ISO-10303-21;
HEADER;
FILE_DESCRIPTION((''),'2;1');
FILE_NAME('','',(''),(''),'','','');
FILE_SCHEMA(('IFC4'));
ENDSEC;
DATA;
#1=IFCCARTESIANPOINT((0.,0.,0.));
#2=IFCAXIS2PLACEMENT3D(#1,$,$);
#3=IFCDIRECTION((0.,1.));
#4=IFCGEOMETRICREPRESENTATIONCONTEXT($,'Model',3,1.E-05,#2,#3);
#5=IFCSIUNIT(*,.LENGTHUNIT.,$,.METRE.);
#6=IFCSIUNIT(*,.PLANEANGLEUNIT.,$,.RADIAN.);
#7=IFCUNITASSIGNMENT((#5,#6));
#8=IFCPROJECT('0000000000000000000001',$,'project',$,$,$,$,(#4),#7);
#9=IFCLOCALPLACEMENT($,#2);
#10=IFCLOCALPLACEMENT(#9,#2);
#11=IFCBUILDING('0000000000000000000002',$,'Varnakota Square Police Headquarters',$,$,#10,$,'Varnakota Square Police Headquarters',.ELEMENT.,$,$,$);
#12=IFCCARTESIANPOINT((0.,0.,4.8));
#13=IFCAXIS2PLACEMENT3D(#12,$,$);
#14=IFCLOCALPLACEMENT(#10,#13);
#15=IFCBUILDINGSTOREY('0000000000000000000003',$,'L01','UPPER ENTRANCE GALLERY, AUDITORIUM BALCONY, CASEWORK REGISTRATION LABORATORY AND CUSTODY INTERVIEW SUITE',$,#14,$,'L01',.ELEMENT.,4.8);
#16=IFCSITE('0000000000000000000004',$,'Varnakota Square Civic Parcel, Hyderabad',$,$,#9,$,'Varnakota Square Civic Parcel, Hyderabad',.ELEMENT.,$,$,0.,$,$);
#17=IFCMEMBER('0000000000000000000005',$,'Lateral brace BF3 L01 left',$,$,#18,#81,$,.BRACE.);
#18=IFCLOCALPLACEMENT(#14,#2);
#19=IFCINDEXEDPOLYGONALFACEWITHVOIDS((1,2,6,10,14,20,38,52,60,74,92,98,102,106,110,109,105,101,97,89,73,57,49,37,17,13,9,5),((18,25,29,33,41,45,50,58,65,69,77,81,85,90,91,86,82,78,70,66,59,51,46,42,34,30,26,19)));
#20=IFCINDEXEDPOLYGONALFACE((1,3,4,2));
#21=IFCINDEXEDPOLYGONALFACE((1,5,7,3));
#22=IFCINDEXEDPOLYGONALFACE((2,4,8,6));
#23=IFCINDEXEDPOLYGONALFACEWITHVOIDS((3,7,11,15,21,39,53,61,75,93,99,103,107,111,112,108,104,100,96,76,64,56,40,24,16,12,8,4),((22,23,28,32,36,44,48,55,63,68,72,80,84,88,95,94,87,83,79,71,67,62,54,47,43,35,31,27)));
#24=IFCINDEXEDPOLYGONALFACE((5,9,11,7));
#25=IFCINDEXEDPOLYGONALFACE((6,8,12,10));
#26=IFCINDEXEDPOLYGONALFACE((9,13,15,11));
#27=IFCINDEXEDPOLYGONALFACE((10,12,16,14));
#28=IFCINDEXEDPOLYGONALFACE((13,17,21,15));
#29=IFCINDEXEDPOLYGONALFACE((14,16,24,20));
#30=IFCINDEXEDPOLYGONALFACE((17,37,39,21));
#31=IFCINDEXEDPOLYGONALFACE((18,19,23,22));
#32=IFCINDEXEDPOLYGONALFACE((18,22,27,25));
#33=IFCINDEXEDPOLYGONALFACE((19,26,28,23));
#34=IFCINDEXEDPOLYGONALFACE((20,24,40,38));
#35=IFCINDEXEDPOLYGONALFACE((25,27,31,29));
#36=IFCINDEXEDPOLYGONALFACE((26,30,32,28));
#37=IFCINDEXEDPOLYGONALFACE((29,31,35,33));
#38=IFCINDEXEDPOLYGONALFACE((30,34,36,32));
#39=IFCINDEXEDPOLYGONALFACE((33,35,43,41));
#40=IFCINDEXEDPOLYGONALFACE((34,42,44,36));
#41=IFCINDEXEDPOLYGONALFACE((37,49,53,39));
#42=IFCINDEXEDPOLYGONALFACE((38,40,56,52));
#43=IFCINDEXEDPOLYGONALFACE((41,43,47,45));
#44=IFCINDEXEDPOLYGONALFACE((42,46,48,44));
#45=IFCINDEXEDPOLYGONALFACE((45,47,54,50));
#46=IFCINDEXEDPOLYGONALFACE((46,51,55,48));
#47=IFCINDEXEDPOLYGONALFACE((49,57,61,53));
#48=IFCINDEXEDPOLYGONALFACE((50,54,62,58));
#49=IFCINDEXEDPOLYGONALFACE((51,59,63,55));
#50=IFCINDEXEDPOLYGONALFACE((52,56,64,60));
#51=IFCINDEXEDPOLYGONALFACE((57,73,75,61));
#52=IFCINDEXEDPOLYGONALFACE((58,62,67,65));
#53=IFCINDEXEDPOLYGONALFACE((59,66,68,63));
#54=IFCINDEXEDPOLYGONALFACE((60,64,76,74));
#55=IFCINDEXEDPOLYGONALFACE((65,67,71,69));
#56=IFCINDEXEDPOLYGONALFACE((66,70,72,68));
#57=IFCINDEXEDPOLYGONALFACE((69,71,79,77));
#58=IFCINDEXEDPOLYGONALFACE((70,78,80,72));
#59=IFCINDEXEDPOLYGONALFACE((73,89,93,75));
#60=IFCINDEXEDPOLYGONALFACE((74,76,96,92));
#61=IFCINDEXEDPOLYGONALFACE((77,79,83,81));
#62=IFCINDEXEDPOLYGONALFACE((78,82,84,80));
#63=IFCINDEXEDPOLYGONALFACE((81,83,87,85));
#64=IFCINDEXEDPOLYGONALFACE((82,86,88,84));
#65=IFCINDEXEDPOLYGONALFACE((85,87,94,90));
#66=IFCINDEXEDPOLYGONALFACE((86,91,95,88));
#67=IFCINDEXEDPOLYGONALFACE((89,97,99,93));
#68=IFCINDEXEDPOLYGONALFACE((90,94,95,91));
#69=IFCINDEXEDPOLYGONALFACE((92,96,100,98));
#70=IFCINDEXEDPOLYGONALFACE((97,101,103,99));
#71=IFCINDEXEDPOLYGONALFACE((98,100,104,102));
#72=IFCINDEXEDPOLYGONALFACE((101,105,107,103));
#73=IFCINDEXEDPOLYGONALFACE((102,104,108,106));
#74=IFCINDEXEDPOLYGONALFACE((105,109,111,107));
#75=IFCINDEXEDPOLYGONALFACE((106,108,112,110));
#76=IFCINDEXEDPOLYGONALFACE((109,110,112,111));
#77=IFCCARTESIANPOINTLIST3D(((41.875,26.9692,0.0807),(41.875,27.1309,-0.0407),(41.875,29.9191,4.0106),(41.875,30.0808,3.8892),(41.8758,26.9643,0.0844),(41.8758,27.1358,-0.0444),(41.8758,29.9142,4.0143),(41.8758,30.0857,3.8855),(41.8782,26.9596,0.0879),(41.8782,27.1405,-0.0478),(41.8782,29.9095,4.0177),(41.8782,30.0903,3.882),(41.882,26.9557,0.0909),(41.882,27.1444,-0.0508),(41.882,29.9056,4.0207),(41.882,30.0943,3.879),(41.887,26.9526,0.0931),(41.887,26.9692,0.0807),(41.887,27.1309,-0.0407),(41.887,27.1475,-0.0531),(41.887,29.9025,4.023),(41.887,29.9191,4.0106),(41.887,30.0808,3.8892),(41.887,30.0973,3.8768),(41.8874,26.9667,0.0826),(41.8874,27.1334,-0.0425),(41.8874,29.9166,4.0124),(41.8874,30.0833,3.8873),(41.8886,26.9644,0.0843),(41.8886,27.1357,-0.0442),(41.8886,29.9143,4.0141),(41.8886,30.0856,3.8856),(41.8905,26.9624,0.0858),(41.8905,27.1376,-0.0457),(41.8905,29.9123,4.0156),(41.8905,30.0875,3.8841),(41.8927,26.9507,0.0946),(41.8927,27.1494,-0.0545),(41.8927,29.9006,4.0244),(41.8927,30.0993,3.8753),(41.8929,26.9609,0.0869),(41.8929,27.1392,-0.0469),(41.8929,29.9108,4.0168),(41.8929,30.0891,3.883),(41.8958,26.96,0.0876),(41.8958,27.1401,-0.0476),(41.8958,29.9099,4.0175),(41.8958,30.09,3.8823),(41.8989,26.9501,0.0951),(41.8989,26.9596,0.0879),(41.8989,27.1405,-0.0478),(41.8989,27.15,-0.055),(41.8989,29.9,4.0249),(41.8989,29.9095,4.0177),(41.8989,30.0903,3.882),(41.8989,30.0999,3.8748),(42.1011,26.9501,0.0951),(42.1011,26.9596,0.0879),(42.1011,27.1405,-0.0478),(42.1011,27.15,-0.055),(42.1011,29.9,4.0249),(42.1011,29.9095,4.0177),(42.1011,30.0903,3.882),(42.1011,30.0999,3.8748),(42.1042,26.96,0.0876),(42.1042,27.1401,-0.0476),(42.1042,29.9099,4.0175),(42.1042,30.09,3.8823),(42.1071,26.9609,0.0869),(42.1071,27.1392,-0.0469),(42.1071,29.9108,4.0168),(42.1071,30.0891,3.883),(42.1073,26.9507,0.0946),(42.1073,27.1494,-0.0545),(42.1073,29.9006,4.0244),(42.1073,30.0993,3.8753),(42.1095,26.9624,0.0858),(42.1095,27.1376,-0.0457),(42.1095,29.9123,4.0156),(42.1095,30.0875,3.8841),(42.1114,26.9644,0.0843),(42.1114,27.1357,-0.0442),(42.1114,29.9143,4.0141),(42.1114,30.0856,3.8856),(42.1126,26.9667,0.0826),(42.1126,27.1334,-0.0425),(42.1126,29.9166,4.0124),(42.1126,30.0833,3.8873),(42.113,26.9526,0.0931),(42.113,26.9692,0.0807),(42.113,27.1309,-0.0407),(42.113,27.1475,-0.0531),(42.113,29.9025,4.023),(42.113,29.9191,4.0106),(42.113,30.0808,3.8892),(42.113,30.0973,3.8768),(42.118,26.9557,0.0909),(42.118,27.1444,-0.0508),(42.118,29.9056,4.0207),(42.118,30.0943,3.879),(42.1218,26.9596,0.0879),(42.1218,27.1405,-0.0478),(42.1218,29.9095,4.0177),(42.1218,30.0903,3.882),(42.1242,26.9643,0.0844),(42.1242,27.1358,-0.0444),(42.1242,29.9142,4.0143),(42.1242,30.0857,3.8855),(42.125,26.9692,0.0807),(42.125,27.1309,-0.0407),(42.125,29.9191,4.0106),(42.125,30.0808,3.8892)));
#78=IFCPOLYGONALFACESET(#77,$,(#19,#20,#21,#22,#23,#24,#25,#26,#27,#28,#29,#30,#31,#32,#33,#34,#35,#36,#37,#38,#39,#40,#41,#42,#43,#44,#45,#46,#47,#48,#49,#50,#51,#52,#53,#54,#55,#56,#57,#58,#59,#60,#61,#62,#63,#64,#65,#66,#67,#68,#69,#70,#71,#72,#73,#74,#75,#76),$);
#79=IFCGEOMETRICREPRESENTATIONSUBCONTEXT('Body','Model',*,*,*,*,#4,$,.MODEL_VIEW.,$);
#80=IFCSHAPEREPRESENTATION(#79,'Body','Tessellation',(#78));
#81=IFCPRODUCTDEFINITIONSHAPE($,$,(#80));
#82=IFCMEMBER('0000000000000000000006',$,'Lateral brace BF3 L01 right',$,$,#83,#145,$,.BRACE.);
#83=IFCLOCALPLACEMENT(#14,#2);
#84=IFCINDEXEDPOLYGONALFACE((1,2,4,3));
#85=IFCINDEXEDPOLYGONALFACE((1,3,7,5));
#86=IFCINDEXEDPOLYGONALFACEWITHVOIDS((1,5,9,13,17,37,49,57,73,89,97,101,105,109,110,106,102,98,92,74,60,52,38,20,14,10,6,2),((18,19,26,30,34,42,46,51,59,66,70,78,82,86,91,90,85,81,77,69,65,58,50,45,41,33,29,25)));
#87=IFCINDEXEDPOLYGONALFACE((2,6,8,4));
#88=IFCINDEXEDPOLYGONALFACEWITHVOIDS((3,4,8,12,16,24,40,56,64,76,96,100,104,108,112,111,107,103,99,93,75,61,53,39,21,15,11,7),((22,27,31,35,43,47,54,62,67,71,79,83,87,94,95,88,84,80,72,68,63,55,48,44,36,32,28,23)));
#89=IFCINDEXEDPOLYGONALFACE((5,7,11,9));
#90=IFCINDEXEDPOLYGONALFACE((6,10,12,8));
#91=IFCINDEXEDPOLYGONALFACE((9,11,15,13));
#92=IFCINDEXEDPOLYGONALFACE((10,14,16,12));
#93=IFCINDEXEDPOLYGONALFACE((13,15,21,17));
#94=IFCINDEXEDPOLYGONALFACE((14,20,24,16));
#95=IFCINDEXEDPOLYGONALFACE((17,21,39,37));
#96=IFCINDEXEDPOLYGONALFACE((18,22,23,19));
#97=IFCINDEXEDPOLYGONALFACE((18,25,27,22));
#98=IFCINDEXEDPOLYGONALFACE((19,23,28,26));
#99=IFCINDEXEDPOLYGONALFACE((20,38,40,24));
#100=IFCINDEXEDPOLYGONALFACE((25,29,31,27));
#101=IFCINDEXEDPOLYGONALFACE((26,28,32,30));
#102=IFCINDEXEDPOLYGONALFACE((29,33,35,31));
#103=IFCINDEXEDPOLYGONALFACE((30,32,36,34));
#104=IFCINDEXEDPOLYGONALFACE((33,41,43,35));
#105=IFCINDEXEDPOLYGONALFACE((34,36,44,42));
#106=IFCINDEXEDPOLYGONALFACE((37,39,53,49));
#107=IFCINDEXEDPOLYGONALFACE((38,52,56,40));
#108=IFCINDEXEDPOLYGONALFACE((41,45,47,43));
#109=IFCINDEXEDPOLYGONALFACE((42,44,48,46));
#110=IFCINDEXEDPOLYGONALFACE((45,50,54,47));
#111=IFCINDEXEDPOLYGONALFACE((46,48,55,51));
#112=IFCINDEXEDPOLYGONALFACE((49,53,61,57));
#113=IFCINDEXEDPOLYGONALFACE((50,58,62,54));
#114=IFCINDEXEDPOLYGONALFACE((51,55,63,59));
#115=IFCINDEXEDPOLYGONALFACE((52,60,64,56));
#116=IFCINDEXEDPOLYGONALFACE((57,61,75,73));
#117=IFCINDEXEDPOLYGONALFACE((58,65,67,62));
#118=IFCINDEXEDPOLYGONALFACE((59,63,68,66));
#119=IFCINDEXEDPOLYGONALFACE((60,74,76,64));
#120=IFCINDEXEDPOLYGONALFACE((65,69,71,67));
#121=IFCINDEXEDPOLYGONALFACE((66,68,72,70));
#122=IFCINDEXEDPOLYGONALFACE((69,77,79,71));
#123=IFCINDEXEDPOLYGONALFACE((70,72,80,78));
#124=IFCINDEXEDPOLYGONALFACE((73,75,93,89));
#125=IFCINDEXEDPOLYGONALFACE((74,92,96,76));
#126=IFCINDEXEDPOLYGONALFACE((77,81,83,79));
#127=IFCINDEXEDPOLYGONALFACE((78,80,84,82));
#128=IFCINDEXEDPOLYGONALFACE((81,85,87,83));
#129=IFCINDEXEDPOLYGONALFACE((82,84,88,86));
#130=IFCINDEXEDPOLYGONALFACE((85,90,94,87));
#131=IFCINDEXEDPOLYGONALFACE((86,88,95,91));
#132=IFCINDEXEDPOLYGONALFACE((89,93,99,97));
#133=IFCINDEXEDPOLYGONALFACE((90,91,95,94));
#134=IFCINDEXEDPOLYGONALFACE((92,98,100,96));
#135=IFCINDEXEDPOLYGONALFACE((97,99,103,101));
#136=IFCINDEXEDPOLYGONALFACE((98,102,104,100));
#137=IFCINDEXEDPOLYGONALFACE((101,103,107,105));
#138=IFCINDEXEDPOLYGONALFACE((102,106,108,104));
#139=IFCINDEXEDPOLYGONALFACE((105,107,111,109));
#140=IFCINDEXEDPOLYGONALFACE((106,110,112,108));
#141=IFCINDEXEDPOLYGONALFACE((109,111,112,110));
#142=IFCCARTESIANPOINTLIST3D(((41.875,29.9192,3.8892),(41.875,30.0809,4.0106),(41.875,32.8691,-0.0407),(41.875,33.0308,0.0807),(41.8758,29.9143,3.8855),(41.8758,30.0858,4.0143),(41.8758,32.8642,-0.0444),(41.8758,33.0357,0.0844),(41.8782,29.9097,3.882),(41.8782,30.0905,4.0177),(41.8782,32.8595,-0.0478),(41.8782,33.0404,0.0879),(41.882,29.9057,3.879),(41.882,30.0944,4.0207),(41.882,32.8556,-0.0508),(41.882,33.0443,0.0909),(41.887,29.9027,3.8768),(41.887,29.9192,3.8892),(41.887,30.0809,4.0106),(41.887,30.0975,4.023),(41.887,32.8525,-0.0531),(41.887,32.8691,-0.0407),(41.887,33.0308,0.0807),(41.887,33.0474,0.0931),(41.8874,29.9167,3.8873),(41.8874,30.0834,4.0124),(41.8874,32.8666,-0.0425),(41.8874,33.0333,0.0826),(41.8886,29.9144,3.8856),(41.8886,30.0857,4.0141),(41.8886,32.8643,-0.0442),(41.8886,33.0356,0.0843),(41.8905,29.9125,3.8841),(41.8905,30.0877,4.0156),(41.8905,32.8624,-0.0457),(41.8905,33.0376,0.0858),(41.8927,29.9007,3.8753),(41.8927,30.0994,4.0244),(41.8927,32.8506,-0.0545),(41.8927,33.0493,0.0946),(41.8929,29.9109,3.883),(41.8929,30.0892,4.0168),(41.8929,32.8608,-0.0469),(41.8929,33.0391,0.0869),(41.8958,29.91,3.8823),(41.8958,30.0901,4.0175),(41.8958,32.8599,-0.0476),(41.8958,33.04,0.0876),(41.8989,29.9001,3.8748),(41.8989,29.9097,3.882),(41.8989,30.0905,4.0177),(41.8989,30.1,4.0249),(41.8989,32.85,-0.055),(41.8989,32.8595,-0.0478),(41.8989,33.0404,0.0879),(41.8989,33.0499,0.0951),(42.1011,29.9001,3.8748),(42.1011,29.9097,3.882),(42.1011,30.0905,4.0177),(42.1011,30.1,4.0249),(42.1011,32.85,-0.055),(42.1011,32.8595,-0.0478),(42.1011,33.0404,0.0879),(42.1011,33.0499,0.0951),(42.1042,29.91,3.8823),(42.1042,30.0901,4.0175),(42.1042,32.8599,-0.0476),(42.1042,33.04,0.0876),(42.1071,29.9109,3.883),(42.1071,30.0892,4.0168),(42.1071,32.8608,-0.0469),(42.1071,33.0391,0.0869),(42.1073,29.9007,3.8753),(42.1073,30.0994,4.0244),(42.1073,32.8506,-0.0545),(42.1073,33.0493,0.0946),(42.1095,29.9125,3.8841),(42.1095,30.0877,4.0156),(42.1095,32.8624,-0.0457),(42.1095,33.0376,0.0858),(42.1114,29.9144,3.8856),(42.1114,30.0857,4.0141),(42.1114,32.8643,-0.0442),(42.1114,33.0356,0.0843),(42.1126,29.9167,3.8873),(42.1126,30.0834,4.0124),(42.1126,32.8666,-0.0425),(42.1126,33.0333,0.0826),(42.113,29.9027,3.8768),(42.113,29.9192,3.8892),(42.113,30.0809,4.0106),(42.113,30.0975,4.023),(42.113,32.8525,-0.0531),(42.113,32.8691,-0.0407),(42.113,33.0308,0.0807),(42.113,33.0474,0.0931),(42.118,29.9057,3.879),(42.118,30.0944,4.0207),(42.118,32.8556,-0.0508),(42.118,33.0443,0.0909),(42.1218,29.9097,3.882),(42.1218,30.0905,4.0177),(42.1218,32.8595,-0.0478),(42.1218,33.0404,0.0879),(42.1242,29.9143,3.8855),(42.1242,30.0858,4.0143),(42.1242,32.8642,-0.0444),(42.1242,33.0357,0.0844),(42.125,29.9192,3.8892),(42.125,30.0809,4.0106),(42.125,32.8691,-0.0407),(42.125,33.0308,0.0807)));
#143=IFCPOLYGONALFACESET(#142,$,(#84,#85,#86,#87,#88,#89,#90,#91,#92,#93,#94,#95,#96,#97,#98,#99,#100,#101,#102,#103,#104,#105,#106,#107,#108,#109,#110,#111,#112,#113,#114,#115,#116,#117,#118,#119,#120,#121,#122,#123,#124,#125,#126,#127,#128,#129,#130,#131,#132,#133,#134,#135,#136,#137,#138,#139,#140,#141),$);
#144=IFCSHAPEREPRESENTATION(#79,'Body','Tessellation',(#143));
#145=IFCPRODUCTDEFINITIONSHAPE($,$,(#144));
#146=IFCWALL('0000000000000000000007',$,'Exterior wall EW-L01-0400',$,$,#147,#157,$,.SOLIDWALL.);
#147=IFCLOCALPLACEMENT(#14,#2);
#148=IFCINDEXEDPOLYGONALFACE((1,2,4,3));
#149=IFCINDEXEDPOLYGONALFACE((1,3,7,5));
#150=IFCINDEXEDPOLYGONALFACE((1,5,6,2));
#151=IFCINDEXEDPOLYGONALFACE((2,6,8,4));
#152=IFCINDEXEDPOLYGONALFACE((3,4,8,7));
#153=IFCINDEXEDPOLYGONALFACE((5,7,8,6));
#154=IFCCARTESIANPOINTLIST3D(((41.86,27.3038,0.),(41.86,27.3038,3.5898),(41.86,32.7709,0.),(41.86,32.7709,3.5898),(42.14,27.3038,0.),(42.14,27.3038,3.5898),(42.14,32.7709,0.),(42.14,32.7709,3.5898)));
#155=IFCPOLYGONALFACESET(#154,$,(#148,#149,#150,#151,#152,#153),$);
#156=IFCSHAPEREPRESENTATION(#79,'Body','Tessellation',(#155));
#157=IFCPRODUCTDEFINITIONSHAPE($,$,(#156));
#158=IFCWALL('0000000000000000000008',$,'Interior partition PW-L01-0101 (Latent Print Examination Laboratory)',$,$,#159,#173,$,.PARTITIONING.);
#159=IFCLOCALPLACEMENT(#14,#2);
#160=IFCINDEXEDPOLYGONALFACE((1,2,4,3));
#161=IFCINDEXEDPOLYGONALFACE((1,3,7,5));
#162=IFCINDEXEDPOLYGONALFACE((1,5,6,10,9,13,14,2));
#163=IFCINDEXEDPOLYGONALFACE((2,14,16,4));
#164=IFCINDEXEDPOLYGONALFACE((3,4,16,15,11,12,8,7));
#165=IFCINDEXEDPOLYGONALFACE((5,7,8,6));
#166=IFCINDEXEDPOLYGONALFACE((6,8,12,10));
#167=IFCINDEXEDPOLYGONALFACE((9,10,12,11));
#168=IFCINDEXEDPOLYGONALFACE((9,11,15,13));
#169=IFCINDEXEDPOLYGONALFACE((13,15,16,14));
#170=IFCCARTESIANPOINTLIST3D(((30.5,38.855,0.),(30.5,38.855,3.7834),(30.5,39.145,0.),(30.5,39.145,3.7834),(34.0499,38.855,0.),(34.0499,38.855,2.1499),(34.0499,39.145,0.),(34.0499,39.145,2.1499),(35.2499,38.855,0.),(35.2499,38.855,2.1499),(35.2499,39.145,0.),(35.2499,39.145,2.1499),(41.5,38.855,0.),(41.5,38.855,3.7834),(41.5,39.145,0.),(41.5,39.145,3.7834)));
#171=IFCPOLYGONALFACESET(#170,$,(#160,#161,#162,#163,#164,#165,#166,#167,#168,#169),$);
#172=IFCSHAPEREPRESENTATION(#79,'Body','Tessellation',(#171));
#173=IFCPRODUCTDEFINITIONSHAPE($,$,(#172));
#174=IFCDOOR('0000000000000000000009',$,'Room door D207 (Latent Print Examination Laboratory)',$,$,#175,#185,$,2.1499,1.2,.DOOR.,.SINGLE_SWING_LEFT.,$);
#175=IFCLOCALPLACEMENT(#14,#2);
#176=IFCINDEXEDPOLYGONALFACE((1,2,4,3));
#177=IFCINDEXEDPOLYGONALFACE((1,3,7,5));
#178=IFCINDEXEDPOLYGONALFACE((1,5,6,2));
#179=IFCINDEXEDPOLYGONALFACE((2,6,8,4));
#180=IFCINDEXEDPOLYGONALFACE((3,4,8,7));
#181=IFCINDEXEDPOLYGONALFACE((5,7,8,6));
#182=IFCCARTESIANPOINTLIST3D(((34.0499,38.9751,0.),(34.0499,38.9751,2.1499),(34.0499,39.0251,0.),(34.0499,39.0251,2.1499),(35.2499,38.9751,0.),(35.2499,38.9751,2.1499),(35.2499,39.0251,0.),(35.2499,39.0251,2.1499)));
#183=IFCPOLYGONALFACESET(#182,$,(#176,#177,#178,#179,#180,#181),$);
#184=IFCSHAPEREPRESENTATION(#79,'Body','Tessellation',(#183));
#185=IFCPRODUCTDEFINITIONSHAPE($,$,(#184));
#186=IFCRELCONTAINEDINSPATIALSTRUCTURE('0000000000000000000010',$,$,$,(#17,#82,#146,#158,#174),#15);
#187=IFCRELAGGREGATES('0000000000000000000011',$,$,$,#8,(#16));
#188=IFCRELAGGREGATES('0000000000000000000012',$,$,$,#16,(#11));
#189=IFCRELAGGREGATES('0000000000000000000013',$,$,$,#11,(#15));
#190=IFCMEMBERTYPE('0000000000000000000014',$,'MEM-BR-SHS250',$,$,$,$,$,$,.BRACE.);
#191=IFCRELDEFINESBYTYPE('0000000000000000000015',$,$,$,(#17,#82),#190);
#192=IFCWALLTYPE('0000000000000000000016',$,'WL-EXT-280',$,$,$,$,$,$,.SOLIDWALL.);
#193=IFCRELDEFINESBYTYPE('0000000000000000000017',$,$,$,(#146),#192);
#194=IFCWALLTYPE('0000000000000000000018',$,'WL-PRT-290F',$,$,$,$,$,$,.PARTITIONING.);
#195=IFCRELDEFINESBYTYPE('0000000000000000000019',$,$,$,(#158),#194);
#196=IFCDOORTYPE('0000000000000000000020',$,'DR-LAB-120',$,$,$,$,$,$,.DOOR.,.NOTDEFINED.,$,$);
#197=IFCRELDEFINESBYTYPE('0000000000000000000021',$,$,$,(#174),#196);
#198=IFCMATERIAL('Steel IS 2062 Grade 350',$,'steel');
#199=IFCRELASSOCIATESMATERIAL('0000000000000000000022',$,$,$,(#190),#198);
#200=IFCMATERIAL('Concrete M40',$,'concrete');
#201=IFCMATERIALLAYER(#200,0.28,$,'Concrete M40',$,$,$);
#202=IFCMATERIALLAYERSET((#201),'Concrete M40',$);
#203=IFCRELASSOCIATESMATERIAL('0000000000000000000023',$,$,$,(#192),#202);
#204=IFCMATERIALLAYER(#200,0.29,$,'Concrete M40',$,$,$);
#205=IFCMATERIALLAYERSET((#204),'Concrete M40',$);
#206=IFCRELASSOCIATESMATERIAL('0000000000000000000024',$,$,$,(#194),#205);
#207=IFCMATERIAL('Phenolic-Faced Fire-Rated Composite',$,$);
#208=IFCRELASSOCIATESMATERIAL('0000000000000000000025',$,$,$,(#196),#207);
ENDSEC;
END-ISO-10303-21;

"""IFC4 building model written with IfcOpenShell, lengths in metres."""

from ifc_helpers import new_model, si_unit, direction, frame, frame_2d, origin, origin_2d, place, context, subcontext, project, spatial, rectangle, hollow_rectangle, extrude, material, layer, layer_set, material_profile, profile_set, type_object, element, fill, save


model = new_model("IFC4")

# Units and contexts
model_context = context("Model", 3, precision=1e-05, world=origin(), true_north=direction((0.0, 1.0)))
body_context = subcontext(model_context, "Body", "Model", "MODEL_VIEW")
ifc_project = project(units=[si_unit("LENGTHUNIT", "METRE"), si_unit("PLANEANGLEUNIT", "RADIAN")], contexts=[model_context])

# Site, building, storey
site_placement = place(None, origin())
site = spatial("IfcSite", under=ifc_project, at=site_placement, Name="Varnakota Square Civic Parcel, Hyderabad", LongName="Varnakota Square Civic Parcel, Hyderabad", CompositionType="ELEMENT", RefElevation=0.0)
building_placement = place(site_placement, origin())
building = spatial("IfcBuilding", under=site, at=building_placement, Name="Varnakota Square Police Headquarters", LongName="Varnakota Square Police Headquarters", CompositionType="ELEMENT")
storey_placement = place(building_placement, frame((0.0, 0.0, 4.8)))
storey = spatial("IfcBuildingStorey", under=building, at=storey_placement, Name="L01", Description="UPPER ENTRANCE GALLERY, AUDITORIUM BALCONY, CASEWORK REGISTRATION LABORATORY AND CUSTODY INTERVIEW SUITE", LongName="L01", CompositionType="ELEMENT", Elevation=4.8)

# Shared definitions
ifc_material_1 = material(Name="Steel IS 2062 Grade 350", Category="steel")

# Members
ifc_material_profile_1 = material_profile(ifc_material_1, hollow_rectangle(XDim=0.25, YDim=0.25, WallThickness=0.012, InnerFilletRadius=0.012, OuterFilletRadius=0.0239, at=origin_2d()), Name="SHS 250x250x12")
ifc_profile_set_1 = profile_set([ifc_material_profile_1], Name="Steel IS 2062 Grade 350")
member_type_1 = type_object("IfcMemberType", Name="MEM-BR-SHS250", PredefinedType="BRACE", material=ifc_profile_set_1)
for number, where, z_axis, x_axis, name in (
    (1, (42.0, 27.05, 0.02), (0.0, 0.600326, 0.799755), (-1.0, 0.0, 0.0), "Lateral brace BF3 L01 left"),
    (2, (42.0, 32.95, 0.02), (0.0, -0.600326, 0.799755), (1.0, 0.0, 0.0), "Lateral brace BF3 L01 right"),
):
    element("IfcMember", number, at=place(storey_placement, frame(where, z_axis=z_axis, x_axis=x_axis)), inside=storey, type_object=member_type_1, Name=name, PredefinedType="BRACE", context=body_context, shape_type="SweptSolid", body=[
        extrude(hollow_rectangle(XDim=0.25, YDim=0.25, WallThickness=0.012, InnerFilletRadius=0.012, OuterFilletRadius=0.0239, at=origin_2d()), origin(), (0.0, 0.0, 1.0), 4.9138),
    ])

# Wall
ifc_material_2 = material(Name="Concrete M40", Category="concrete")
ifc_layer_1 = layer(ifc_material_2, 0.28, Name="Concrete M40")
ifc_layer_set_1 = layer_set([ifc_layer_1], Name="Concrete M40")
wall_type_1 = type_object("IfcWallType", Name="WL-EXT-280", PredefinedType="SOLIDWALL", material=ifc_layer_set_1)
wall_1_placement = place(storey_placement, frame((42.0, 27.304, 0.0), z_axis=(0.0, 0.0, 1.0), x_axis=(0.0, 1.0, 0.0)))
element("IfcWall", 3, at=wall_1_placement, inside=storey, type_object=wall_type_1, Name="Exterior wall EW-L01-0400", PredefinedType="SOLIDWALL", context=body_context, shape_type="SweptSolid", body=[
    extrude(rectangle(XDim=5.467, YDim=0.28, at=frame_2d((2.7334, 0.0))), origin(), (0.0, 0.0, 1.0), 3.5898),
])

# Wall, opening, door
ifc_layer_2 = layer(ifc_material_2, 0.29, Name="Concrete M40")
ifc_layer_set_2 = layer_set([ifc_layer_2], Name="Concrete M40")
wall_type_2 = type_object("IfcWallType", Name="WL-PRT-290F", PredefinedType="PARTITIONING", material=ifc_layer_set_2)
wall_2_placement = place(storey_placement, frame((41.5, 39.0, 0.0), z_axis=(0.0, 0.0, 1.0), x_axis=(-1.0, 0.0, 0.0)))
wall_2 = element("IfcWall", 4, at=wall_2_placement, inside=storey, type_object=wall_type_2, Name="Interior partition PW-L01-0101 (Latent Print Examination Laboratory)", PredefinedType="PARTITIONING", context=body_context, shape_type="SweptSolid", body=[
    extrude(rectangle(XDim=11.0, YDim=0.29, at=frame_2d((5.5, 0.0))), origin(), (0.0, 0.0, 1.0), 3.7834),
])
opening_placement = place(wall_2_placement, frame((6.25, 0.0, 0.0)))
opening = element("IfcOpeningElement", 5, at=opening_placement, cuts=wall_2, PredefinedType="OPENING", context=body_context, shape_type="SweptSolid", body=[
    extrude(rectangle(XDim=1.2, YDim=2.1499, at=frame_2d((0.6001, 1.075))), frame((0.0, 0.155, 0.0), z_axis=(0.0, -1.0, 0.0), x_axis=(1.0, 0.0, 0.0)), (0.0, 0.0, 1.0), 0.3101),
])
ifc_material_3 = material(Name="Phenolic-Faced Fire-Rated Composite")
door_type = type_object("IfcDoorType", Name="DR-LAB-120", OperationType="NOTDEFINED", PredefinedType="DOOR", material=ifc_material_3)
door_placement = place(opening_placement, origin())
door = element("IfcDoor", 6, at=door_placement, inside=storey, type_object=door_type, Name="Room door D207 (Latent Print Examination Laboratory)", OperationType="SINGLE_SWING_LEFT", OverallHeight=2.1499, OverallWidth=1.2, PredefinedType="DOOR", context=body_context, shape_type="SweptSolid", body=[
    extrude(rectangle(XDim=1.2, YDim=2.1499, at=frame_2d((0.6001, 1.075))), frame((0.0, 0.0249, 0.0), z_axis=(0.0, -1.0, 0.0), x_axis=(1.0, 0.0, 0.0)), (0.0, 0.0, 1.0), 0.05),
])
fill(opening, door)

save(model, "model.ifc")
